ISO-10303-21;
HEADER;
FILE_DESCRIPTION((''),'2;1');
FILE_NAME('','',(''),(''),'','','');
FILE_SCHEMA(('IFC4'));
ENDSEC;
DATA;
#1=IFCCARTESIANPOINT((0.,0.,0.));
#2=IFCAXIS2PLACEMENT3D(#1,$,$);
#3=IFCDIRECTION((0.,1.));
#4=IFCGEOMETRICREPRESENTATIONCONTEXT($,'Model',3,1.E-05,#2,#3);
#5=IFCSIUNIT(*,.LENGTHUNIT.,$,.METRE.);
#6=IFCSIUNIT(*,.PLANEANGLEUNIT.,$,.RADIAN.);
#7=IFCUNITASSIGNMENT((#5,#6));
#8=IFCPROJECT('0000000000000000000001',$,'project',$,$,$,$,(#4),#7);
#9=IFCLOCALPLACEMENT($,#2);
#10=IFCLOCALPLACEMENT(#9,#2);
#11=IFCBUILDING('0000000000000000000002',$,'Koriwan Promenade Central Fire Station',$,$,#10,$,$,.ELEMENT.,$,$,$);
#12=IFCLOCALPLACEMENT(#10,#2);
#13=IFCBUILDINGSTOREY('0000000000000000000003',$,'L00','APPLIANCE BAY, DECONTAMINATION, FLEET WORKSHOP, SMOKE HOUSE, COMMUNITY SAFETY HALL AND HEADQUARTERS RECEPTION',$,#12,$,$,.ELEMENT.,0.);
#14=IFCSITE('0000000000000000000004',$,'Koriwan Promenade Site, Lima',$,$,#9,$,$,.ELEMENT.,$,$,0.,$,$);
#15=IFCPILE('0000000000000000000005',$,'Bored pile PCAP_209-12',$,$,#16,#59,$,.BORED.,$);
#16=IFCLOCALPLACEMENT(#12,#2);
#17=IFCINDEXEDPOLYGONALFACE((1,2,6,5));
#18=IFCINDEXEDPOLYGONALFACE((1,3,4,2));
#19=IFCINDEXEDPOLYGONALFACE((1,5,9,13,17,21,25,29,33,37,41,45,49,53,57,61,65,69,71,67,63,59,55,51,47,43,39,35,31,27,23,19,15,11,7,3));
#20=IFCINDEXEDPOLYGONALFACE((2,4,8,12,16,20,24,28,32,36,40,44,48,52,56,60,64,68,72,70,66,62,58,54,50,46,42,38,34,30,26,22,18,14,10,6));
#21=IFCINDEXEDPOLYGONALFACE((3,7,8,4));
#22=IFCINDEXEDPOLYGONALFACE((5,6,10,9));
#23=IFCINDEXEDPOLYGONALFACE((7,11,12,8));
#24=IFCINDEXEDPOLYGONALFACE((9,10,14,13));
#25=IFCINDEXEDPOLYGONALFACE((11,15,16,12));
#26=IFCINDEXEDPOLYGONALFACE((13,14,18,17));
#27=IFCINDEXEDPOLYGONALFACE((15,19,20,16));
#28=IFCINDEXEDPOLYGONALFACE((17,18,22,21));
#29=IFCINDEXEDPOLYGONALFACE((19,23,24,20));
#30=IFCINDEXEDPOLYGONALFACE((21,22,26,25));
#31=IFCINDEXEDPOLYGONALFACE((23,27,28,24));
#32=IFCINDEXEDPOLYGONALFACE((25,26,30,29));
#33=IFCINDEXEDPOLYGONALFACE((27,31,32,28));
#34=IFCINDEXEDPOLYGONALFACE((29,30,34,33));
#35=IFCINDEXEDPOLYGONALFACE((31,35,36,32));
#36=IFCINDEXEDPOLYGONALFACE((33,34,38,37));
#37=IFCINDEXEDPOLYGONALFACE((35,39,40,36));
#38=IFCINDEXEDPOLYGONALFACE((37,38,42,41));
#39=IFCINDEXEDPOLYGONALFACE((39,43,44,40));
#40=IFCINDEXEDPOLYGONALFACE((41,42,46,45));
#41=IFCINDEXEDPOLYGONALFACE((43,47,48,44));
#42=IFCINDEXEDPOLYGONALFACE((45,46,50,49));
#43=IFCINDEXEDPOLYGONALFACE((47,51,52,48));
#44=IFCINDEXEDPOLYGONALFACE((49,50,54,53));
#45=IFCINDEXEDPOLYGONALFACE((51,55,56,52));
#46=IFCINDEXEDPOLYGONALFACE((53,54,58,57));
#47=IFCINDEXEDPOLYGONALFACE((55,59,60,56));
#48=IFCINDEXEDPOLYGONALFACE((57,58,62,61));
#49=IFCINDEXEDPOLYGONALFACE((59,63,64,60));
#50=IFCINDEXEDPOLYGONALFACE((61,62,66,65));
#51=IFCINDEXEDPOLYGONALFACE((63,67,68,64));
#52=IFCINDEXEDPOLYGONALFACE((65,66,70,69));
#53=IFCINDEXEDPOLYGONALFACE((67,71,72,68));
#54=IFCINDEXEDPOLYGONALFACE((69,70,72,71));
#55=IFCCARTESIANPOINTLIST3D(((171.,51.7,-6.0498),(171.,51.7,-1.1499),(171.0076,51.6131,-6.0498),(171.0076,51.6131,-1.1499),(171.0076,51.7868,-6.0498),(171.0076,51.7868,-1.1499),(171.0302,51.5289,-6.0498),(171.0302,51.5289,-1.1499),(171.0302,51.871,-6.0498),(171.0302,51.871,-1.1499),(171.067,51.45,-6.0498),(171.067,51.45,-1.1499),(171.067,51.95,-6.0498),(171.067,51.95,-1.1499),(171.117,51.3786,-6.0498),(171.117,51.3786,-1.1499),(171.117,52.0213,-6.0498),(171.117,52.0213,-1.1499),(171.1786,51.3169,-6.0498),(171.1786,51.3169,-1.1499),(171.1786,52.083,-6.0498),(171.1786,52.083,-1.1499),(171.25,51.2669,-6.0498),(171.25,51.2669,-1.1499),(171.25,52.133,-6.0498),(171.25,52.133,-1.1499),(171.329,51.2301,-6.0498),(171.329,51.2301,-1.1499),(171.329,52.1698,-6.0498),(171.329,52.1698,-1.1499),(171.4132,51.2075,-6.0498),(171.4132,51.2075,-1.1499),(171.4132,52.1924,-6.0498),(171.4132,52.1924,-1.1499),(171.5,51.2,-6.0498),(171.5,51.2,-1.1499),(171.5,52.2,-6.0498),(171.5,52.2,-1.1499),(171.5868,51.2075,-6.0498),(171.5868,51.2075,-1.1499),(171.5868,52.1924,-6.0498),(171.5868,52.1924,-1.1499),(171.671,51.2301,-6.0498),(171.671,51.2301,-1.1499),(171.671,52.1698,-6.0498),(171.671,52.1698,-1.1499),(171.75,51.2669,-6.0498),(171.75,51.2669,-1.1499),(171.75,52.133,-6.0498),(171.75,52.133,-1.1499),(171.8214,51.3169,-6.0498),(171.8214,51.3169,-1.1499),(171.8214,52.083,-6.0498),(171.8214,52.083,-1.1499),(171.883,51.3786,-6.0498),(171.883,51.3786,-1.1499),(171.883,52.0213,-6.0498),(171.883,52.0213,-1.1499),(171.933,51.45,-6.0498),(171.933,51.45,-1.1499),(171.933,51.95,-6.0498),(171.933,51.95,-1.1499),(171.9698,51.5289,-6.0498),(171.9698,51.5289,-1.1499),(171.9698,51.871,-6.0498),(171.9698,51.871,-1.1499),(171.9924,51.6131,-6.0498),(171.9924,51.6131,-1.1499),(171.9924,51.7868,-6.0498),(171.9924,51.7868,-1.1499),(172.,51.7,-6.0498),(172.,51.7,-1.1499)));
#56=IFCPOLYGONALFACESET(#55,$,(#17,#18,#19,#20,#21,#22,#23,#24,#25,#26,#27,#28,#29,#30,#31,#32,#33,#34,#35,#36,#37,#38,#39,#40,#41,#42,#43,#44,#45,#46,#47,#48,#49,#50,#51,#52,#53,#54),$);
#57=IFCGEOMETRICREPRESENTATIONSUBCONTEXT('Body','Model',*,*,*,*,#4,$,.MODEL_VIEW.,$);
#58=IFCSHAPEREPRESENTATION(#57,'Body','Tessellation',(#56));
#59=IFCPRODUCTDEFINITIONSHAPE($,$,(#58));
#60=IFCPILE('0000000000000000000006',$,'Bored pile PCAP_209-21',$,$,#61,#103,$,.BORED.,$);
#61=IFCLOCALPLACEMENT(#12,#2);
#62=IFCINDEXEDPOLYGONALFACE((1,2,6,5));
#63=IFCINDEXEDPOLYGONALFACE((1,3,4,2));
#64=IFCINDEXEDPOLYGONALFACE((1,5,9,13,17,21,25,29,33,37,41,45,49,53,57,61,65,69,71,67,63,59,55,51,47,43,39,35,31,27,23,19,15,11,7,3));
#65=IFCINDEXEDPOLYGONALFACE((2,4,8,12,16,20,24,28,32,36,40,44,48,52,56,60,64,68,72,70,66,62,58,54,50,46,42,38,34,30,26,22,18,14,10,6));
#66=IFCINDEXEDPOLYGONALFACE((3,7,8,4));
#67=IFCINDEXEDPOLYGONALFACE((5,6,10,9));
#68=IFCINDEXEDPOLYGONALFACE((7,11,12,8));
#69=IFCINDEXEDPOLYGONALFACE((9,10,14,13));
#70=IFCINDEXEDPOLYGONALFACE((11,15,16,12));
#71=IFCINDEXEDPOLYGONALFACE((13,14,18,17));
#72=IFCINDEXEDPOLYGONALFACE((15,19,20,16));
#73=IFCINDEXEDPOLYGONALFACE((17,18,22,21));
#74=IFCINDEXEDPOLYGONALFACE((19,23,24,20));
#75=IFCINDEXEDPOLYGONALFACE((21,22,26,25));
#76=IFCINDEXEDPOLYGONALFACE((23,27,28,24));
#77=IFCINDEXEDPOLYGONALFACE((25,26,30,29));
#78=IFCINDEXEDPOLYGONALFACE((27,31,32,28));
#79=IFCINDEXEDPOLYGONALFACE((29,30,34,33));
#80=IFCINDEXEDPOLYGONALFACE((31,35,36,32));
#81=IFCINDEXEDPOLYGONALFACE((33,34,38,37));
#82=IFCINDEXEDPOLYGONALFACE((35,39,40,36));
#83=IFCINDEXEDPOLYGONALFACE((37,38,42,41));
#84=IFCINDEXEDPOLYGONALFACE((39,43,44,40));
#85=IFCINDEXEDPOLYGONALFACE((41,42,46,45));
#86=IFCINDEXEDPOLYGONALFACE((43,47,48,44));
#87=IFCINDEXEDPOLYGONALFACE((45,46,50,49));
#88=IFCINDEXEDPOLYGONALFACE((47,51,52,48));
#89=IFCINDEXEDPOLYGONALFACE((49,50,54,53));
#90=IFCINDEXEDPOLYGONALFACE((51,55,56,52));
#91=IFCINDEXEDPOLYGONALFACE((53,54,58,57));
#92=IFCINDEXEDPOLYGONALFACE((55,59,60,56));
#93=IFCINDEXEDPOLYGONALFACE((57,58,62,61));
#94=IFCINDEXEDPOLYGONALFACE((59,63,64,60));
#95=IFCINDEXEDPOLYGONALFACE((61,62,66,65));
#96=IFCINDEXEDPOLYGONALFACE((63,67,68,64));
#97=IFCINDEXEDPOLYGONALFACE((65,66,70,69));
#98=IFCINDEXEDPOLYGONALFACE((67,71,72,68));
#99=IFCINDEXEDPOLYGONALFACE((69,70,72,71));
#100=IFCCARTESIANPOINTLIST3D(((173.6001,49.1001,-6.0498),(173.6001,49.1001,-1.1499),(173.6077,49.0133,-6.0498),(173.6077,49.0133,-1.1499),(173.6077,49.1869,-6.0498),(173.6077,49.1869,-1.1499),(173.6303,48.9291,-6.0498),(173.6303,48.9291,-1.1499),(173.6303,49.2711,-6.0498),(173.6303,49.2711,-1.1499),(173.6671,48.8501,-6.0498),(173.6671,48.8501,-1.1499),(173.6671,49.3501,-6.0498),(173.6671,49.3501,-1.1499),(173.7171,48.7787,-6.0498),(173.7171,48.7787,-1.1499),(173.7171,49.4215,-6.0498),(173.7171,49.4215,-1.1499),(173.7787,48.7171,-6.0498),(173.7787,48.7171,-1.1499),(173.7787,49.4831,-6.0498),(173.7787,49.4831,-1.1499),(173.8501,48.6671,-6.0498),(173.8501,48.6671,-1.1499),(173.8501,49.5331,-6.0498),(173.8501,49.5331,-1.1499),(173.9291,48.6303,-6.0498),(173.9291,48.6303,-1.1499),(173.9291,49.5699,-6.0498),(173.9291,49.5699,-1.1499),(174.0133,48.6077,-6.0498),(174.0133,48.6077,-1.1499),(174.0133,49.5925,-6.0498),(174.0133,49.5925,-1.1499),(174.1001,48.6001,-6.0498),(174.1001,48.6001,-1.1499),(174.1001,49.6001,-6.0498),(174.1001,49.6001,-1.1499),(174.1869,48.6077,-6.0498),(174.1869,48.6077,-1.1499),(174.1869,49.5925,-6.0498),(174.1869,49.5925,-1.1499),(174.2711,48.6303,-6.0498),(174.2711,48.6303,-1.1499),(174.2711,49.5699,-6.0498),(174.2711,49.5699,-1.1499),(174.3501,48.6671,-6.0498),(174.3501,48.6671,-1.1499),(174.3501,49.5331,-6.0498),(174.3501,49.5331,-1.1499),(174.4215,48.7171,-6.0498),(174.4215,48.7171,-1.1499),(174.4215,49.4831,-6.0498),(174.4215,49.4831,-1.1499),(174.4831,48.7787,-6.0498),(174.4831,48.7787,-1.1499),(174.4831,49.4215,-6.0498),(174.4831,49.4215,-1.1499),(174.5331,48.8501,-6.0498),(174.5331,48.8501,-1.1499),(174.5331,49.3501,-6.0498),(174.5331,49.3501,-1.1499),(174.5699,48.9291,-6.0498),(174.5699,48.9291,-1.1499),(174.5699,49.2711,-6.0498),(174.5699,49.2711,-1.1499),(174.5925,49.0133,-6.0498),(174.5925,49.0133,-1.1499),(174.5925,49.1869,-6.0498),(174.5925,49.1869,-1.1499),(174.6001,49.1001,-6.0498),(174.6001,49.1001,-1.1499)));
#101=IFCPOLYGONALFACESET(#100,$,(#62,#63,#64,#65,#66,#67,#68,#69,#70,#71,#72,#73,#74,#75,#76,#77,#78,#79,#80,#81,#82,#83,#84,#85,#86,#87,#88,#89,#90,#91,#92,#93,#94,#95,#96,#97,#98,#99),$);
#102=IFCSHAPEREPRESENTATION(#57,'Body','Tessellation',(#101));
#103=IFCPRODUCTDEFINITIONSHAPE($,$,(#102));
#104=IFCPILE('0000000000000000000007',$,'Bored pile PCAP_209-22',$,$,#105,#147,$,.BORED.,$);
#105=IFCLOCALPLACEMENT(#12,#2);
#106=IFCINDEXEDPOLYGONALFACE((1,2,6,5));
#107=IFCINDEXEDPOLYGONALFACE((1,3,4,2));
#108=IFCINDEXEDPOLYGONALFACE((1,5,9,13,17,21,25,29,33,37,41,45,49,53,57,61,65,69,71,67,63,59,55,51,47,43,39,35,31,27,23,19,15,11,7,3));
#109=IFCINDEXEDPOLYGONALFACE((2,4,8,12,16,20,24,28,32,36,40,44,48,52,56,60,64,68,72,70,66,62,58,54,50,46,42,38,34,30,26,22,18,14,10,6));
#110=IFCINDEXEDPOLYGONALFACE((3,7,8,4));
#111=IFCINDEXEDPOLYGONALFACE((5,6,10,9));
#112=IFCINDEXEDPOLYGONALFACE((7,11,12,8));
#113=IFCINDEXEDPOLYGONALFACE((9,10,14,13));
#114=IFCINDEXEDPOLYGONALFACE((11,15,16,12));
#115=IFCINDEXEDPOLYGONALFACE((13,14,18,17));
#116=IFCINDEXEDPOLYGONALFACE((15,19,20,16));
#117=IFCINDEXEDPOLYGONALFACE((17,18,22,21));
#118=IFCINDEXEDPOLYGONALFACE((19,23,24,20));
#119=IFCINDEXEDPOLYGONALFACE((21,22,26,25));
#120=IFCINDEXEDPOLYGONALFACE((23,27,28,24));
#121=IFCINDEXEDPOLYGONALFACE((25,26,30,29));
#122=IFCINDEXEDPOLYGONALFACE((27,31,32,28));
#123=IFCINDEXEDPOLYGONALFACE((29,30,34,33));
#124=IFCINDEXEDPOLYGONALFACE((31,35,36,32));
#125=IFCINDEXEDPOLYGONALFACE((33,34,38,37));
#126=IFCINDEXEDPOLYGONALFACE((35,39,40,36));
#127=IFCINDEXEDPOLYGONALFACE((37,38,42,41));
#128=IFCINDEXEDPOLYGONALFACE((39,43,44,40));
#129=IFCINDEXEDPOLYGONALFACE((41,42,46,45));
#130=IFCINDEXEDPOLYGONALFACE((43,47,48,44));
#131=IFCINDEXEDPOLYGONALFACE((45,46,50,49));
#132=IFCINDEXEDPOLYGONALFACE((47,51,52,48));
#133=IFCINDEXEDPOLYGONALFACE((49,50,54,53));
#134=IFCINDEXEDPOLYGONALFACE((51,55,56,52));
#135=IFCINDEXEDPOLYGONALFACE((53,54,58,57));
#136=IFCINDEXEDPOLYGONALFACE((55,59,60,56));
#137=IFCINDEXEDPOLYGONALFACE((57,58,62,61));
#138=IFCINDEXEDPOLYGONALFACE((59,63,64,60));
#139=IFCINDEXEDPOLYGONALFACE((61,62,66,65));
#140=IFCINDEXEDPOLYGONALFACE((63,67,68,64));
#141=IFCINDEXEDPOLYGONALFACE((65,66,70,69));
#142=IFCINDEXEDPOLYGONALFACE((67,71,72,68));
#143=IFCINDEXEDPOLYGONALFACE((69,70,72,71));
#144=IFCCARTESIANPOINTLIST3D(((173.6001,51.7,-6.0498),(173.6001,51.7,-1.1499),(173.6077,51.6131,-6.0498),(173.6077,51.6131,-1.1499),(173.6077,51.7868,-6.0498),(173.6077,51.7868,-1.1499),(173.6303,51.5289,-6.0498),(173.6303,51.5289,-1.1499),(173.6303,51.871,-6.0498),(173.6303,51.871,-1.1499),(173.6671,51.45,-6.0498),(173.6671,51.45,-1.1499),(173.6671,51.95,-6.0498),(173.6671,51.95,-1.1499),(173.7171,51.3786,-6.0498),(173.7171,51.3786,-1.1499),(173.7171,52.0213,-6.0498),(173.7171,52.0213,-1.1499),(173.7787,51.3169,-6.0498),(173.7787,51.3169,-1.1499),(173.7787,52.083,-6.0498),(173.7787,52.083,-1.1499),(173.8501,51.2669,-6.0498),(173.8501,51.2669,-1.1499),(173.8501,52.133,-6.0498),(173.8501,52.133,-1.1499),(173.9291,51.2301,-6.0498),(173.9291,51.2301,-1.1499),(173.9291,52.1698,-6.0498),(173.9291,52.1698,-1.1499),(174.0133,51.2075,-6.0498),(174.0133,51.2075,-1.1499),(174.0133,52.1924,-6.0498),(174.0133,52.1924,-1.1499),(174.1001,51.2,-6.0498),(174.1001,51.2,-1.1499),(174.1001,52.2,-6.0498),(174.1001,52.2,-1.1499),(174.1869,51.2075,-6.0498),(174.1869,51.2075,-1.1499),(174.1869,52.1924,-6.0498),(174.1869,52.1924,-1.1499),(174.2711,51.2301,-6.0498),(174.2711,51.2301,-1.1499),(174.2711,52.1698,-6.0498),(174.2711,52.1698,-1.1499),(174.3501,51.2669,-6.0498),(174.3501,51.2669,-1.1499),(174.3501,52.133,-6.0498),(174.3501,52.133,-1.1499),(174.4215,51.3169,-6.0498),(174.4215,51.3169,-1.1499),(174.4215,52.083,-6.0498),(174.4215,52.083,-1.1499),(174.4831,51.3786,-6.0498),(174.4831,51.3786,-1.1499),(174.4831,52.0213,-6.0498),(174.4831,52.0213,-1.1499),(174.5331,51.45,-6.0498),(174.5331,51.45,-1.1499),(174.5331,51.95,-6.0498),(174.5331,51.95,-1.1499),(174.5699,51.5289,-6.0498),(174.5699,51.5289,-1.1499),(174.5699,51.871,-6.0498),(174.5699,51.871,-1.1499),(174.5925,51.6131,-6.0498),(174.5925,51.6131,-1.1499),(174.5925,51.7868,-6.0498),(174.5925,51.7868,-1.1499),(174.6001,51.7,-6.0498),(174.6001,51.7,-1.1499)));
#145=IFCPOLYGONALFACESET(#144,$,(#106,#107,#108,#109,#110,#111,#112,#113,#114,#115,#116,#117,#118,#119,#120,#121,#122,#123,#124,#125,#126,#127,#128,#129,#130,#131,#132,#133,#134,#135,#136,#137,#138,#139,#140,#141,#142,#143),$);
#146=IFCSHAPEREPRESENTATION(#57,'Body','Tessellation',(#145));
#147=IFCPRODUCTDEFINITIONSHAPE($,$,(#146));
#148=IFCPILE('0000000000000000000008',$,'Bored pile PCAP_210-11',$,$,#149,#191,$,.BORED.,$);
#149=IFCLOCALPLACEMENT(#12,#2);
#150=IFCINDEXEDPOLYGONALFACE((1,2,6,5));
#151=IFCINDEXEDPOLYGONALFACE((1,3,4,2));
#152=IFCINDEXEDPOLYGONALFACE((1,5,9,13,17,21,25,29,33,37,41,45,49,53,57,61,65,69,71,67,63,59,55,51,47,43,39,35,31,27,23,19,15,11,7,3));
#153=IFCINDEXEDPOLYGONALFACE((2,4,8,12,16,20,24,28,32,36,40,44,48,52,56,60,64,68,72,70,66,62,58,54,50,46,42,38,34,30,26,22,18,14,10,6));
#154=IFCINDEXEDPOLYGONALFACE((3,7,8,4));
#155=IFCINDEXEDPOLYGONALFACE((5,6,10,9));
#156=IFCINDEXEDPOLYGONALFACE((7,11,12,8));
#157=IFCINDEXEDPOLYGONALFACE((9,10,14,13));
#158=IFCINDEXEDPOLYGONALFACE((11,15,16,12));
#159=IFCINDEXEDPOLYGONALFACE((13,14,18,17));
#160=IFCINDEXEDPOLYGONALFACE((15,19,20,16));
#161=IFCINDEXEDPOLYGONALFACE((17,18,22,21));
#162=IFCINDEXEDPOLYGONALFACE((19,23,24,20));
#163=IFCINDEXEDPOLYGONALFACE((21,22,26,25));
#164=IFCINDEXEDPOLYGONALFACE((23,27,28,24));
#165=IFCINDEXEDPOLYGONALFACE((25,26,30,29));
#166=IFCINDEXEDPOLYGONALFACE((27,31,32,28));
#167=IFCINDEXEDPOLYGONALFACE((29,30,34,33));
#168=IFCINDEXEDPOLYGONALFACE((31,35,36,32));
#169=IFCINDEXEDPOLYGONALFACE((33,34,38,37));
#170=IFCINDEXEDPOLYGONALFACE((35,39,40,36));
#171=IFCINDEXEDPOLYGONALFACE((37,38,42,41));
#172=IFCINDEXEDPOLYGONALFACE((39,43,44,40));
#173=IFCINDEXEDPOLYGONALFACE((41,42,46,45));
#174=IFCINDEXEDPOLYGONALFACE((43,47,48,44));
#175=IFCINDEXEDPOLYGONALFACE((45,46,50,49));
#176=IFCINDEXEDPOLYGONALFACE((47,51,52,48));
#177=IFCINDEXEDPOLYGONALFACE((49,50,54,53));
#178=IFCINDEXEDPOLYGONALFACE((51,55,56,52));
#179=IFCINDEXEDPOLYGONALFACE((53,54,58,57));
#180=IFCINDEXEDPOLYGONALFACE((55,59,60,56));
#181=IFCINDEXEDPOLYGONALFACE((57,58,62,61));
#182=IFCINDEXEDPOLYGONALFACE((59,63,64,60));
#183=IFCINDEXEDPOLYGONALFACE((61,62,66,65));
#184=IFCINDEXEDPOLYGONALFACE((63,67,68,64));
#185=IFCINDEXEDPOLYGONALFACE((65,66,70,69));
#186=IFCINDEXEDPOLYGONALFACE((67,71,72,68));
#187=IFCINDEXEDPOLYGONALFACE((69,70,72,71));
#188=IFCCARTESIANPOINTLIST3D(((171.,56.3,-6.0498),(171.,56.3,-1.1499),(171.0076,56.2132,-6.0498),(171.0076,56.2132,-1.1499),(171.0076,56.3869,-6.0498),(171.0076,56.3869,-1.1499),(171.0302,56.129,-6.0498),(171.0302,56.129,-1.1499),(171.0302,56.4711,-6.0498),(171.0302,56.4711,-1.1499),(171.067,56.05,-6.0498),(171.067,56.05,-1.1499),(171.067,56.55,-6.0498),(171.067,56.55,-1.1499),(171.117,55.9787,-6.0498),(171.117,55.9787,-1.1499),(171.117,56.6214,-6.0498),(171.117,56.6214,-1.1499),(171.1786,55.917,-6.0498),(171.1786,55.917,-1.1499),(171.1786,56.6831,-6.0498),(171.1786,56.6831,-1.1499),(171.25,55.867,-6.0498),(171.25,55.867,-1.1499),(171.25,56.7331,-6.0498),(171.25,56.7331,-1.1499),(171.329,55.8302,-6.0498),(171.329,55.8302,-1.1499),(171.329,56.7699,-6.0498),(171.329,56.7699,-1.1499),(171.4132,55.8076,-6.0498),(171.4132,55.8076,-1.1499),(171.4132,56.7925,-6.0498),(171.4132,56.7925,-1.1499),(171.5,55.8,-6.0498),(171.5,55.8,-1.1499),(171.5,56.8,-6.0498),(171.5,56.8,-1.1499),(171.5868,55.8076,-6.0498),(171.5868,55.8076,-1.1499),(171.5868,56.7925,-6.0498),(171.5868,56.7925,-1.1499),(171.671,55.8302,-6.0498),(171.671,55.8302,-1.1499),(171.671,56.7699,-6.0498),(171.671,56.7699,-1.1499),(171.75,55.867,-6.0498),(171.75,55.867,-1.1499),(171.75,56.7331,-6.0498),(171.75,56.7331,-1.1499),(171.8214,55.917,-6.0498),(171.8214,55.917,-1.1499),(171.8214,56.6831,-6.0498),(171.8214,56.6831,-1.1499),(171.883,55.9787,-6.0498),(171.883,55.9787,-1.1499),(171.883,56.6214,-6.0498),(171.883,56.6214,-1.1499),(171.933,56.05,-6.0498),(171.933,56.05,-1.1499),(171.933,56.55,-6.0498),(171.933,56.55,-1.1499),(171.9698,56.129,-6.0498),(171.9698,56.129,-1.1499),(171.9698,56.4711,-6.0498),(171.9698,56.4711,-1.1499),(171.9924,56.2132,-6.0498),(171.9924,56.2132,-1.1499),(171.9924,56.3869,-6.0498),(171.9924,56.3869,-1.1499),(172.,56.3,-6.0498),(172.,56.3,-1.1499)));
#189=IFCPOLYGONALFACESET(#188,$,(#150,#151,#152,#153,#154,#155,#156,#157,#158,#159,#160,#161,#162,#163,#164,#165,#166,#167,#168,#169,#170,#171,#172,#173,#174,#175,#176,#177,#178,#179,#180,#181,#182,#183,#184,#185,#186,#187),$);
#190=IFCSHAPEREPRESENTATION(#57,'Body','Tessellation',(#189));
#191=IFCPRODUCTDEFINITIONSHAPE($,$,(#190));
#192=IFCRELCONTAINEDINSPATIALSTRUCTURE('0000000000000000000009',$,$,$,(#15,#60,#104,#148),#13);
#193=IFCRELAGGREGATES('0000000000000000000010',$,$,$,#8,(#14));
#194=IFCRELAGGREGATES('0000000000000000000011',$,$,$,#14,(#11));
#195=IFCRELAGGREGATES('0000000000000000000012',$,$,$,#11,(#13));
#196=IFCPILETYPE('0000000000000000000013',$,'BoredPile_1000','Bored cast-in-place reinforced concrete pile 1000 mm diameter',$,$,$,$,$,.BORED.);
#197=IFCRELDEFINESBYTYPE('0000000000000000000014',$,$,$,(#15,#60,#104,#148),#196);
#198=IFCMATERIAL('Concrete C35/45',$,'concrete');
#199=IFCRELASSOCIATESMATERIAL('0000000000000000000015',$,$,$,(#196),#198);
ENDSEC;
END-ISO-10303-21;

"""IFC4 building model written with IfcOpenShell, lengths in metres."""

from ifc_helpers import new_model, si_unit, direction, frame, origin, origin_2d, place, context, subcontext, project, spatial, circle, extrude, material, material_profile, profile_set, type_object, element, save


model = new_model("IFC4")

# Units and contexts
model_context = context("Model", 3, precision=1e-05, world=origin(), true_north=direction((0.0, 1.0)))
body_context = subcontext(model_context, "Body", "Model", "MODEL_VIEW")
ifc_project = project(units=[si_unit("LENGTHUNIT", "METRE"), si_unit("PLANEANGLEUNIT", "RADIAN")], contexts=[model_context])

# Site, building, storey
site_placement = place(None, origin())
site = spatial("IfcSite", under=ifc_project, at=site_placement, Name="Koriwan Promenade Site, Lima", CompositionType="ELEMENT", RefElevation=0.0)
building_placement = place(site_placement, origin())
building = spatial("IfcBuilding", under=site, at=building_placement, Name="Koriwan Promenade Central Fire Station", CompositionType="ELEMENT")
storey_placement = place(building_placement, origin())
storey = spatial("IfcBuildingStorey", under=building, at=storey_placement, Name="L00", Description="APPLIANCE BAY, DECONTAMINATION, FLEET WORKSHOP, SMOKE HOUSE, COMMUNITY SAFETY HALL AND HEADQUARTERS RECEPTION", CompositionType="ELEMENT", Elevation=0.0)

# Piles
ifc_material_1 = material(Name="Concrete C35/45", Category="concrete")
ifc_material_profile_1 = material_profile(ifc_material_1, circle(Radius=0.5, at=origin_2d()), Name="PILE-D1000")
ifc_profile_set_1 = profile_set([ifc_material_profile_1], Name="Concrete C35/45")
pile_type = type_object("IfcPileType", Name="BoredPile_1000", Description="Bored cast-in-place reinforced concrete pile 1000 mm diameter", PredefinedType="BORED", material=ifc_profile_set_1)
for number, where, z_axis, x_axis, name in (
    (1, (171.5, 51.7, -1.1499), (0.0, 0.0, -1.0), (1.0, 0.0, 0.0), "Bored pile PCAP_209-12"),
    (2, (174.1001, 49.1001, -1.1499), (0.0, 0.0, -1.0), (1.0, 0.0, 0.0), "Bored pile PCAP_209-21"),
    (3, (174.1001, 51.7, -1.1499), (0.0, 0.0, -1.0), (1.0, 0.0, 0.0), "Bored pile PCAP_209-22"),
    (4, (171.5, 56.3, -1.1499), (0.0, 0.0, -1.0), (1.0, 0.0, 0.0), "Bored pile PCAP_210-11"),
):
    element("IfcPile", number, at=place(storey_placement, frame(where, z_axis=z_axis, x_axis=x_axis)), inside=storey, type_object=pile_type, Name=name, PredefinedType="BORED", context=body_context, shape_type="SweptSolid", body=[
        extrude(circle(Radius=0.5, at=origin_2d()), origin(), (0.0, 0.0, 1.0), 4.8999),
    ])

save(model, "model.ifc")
